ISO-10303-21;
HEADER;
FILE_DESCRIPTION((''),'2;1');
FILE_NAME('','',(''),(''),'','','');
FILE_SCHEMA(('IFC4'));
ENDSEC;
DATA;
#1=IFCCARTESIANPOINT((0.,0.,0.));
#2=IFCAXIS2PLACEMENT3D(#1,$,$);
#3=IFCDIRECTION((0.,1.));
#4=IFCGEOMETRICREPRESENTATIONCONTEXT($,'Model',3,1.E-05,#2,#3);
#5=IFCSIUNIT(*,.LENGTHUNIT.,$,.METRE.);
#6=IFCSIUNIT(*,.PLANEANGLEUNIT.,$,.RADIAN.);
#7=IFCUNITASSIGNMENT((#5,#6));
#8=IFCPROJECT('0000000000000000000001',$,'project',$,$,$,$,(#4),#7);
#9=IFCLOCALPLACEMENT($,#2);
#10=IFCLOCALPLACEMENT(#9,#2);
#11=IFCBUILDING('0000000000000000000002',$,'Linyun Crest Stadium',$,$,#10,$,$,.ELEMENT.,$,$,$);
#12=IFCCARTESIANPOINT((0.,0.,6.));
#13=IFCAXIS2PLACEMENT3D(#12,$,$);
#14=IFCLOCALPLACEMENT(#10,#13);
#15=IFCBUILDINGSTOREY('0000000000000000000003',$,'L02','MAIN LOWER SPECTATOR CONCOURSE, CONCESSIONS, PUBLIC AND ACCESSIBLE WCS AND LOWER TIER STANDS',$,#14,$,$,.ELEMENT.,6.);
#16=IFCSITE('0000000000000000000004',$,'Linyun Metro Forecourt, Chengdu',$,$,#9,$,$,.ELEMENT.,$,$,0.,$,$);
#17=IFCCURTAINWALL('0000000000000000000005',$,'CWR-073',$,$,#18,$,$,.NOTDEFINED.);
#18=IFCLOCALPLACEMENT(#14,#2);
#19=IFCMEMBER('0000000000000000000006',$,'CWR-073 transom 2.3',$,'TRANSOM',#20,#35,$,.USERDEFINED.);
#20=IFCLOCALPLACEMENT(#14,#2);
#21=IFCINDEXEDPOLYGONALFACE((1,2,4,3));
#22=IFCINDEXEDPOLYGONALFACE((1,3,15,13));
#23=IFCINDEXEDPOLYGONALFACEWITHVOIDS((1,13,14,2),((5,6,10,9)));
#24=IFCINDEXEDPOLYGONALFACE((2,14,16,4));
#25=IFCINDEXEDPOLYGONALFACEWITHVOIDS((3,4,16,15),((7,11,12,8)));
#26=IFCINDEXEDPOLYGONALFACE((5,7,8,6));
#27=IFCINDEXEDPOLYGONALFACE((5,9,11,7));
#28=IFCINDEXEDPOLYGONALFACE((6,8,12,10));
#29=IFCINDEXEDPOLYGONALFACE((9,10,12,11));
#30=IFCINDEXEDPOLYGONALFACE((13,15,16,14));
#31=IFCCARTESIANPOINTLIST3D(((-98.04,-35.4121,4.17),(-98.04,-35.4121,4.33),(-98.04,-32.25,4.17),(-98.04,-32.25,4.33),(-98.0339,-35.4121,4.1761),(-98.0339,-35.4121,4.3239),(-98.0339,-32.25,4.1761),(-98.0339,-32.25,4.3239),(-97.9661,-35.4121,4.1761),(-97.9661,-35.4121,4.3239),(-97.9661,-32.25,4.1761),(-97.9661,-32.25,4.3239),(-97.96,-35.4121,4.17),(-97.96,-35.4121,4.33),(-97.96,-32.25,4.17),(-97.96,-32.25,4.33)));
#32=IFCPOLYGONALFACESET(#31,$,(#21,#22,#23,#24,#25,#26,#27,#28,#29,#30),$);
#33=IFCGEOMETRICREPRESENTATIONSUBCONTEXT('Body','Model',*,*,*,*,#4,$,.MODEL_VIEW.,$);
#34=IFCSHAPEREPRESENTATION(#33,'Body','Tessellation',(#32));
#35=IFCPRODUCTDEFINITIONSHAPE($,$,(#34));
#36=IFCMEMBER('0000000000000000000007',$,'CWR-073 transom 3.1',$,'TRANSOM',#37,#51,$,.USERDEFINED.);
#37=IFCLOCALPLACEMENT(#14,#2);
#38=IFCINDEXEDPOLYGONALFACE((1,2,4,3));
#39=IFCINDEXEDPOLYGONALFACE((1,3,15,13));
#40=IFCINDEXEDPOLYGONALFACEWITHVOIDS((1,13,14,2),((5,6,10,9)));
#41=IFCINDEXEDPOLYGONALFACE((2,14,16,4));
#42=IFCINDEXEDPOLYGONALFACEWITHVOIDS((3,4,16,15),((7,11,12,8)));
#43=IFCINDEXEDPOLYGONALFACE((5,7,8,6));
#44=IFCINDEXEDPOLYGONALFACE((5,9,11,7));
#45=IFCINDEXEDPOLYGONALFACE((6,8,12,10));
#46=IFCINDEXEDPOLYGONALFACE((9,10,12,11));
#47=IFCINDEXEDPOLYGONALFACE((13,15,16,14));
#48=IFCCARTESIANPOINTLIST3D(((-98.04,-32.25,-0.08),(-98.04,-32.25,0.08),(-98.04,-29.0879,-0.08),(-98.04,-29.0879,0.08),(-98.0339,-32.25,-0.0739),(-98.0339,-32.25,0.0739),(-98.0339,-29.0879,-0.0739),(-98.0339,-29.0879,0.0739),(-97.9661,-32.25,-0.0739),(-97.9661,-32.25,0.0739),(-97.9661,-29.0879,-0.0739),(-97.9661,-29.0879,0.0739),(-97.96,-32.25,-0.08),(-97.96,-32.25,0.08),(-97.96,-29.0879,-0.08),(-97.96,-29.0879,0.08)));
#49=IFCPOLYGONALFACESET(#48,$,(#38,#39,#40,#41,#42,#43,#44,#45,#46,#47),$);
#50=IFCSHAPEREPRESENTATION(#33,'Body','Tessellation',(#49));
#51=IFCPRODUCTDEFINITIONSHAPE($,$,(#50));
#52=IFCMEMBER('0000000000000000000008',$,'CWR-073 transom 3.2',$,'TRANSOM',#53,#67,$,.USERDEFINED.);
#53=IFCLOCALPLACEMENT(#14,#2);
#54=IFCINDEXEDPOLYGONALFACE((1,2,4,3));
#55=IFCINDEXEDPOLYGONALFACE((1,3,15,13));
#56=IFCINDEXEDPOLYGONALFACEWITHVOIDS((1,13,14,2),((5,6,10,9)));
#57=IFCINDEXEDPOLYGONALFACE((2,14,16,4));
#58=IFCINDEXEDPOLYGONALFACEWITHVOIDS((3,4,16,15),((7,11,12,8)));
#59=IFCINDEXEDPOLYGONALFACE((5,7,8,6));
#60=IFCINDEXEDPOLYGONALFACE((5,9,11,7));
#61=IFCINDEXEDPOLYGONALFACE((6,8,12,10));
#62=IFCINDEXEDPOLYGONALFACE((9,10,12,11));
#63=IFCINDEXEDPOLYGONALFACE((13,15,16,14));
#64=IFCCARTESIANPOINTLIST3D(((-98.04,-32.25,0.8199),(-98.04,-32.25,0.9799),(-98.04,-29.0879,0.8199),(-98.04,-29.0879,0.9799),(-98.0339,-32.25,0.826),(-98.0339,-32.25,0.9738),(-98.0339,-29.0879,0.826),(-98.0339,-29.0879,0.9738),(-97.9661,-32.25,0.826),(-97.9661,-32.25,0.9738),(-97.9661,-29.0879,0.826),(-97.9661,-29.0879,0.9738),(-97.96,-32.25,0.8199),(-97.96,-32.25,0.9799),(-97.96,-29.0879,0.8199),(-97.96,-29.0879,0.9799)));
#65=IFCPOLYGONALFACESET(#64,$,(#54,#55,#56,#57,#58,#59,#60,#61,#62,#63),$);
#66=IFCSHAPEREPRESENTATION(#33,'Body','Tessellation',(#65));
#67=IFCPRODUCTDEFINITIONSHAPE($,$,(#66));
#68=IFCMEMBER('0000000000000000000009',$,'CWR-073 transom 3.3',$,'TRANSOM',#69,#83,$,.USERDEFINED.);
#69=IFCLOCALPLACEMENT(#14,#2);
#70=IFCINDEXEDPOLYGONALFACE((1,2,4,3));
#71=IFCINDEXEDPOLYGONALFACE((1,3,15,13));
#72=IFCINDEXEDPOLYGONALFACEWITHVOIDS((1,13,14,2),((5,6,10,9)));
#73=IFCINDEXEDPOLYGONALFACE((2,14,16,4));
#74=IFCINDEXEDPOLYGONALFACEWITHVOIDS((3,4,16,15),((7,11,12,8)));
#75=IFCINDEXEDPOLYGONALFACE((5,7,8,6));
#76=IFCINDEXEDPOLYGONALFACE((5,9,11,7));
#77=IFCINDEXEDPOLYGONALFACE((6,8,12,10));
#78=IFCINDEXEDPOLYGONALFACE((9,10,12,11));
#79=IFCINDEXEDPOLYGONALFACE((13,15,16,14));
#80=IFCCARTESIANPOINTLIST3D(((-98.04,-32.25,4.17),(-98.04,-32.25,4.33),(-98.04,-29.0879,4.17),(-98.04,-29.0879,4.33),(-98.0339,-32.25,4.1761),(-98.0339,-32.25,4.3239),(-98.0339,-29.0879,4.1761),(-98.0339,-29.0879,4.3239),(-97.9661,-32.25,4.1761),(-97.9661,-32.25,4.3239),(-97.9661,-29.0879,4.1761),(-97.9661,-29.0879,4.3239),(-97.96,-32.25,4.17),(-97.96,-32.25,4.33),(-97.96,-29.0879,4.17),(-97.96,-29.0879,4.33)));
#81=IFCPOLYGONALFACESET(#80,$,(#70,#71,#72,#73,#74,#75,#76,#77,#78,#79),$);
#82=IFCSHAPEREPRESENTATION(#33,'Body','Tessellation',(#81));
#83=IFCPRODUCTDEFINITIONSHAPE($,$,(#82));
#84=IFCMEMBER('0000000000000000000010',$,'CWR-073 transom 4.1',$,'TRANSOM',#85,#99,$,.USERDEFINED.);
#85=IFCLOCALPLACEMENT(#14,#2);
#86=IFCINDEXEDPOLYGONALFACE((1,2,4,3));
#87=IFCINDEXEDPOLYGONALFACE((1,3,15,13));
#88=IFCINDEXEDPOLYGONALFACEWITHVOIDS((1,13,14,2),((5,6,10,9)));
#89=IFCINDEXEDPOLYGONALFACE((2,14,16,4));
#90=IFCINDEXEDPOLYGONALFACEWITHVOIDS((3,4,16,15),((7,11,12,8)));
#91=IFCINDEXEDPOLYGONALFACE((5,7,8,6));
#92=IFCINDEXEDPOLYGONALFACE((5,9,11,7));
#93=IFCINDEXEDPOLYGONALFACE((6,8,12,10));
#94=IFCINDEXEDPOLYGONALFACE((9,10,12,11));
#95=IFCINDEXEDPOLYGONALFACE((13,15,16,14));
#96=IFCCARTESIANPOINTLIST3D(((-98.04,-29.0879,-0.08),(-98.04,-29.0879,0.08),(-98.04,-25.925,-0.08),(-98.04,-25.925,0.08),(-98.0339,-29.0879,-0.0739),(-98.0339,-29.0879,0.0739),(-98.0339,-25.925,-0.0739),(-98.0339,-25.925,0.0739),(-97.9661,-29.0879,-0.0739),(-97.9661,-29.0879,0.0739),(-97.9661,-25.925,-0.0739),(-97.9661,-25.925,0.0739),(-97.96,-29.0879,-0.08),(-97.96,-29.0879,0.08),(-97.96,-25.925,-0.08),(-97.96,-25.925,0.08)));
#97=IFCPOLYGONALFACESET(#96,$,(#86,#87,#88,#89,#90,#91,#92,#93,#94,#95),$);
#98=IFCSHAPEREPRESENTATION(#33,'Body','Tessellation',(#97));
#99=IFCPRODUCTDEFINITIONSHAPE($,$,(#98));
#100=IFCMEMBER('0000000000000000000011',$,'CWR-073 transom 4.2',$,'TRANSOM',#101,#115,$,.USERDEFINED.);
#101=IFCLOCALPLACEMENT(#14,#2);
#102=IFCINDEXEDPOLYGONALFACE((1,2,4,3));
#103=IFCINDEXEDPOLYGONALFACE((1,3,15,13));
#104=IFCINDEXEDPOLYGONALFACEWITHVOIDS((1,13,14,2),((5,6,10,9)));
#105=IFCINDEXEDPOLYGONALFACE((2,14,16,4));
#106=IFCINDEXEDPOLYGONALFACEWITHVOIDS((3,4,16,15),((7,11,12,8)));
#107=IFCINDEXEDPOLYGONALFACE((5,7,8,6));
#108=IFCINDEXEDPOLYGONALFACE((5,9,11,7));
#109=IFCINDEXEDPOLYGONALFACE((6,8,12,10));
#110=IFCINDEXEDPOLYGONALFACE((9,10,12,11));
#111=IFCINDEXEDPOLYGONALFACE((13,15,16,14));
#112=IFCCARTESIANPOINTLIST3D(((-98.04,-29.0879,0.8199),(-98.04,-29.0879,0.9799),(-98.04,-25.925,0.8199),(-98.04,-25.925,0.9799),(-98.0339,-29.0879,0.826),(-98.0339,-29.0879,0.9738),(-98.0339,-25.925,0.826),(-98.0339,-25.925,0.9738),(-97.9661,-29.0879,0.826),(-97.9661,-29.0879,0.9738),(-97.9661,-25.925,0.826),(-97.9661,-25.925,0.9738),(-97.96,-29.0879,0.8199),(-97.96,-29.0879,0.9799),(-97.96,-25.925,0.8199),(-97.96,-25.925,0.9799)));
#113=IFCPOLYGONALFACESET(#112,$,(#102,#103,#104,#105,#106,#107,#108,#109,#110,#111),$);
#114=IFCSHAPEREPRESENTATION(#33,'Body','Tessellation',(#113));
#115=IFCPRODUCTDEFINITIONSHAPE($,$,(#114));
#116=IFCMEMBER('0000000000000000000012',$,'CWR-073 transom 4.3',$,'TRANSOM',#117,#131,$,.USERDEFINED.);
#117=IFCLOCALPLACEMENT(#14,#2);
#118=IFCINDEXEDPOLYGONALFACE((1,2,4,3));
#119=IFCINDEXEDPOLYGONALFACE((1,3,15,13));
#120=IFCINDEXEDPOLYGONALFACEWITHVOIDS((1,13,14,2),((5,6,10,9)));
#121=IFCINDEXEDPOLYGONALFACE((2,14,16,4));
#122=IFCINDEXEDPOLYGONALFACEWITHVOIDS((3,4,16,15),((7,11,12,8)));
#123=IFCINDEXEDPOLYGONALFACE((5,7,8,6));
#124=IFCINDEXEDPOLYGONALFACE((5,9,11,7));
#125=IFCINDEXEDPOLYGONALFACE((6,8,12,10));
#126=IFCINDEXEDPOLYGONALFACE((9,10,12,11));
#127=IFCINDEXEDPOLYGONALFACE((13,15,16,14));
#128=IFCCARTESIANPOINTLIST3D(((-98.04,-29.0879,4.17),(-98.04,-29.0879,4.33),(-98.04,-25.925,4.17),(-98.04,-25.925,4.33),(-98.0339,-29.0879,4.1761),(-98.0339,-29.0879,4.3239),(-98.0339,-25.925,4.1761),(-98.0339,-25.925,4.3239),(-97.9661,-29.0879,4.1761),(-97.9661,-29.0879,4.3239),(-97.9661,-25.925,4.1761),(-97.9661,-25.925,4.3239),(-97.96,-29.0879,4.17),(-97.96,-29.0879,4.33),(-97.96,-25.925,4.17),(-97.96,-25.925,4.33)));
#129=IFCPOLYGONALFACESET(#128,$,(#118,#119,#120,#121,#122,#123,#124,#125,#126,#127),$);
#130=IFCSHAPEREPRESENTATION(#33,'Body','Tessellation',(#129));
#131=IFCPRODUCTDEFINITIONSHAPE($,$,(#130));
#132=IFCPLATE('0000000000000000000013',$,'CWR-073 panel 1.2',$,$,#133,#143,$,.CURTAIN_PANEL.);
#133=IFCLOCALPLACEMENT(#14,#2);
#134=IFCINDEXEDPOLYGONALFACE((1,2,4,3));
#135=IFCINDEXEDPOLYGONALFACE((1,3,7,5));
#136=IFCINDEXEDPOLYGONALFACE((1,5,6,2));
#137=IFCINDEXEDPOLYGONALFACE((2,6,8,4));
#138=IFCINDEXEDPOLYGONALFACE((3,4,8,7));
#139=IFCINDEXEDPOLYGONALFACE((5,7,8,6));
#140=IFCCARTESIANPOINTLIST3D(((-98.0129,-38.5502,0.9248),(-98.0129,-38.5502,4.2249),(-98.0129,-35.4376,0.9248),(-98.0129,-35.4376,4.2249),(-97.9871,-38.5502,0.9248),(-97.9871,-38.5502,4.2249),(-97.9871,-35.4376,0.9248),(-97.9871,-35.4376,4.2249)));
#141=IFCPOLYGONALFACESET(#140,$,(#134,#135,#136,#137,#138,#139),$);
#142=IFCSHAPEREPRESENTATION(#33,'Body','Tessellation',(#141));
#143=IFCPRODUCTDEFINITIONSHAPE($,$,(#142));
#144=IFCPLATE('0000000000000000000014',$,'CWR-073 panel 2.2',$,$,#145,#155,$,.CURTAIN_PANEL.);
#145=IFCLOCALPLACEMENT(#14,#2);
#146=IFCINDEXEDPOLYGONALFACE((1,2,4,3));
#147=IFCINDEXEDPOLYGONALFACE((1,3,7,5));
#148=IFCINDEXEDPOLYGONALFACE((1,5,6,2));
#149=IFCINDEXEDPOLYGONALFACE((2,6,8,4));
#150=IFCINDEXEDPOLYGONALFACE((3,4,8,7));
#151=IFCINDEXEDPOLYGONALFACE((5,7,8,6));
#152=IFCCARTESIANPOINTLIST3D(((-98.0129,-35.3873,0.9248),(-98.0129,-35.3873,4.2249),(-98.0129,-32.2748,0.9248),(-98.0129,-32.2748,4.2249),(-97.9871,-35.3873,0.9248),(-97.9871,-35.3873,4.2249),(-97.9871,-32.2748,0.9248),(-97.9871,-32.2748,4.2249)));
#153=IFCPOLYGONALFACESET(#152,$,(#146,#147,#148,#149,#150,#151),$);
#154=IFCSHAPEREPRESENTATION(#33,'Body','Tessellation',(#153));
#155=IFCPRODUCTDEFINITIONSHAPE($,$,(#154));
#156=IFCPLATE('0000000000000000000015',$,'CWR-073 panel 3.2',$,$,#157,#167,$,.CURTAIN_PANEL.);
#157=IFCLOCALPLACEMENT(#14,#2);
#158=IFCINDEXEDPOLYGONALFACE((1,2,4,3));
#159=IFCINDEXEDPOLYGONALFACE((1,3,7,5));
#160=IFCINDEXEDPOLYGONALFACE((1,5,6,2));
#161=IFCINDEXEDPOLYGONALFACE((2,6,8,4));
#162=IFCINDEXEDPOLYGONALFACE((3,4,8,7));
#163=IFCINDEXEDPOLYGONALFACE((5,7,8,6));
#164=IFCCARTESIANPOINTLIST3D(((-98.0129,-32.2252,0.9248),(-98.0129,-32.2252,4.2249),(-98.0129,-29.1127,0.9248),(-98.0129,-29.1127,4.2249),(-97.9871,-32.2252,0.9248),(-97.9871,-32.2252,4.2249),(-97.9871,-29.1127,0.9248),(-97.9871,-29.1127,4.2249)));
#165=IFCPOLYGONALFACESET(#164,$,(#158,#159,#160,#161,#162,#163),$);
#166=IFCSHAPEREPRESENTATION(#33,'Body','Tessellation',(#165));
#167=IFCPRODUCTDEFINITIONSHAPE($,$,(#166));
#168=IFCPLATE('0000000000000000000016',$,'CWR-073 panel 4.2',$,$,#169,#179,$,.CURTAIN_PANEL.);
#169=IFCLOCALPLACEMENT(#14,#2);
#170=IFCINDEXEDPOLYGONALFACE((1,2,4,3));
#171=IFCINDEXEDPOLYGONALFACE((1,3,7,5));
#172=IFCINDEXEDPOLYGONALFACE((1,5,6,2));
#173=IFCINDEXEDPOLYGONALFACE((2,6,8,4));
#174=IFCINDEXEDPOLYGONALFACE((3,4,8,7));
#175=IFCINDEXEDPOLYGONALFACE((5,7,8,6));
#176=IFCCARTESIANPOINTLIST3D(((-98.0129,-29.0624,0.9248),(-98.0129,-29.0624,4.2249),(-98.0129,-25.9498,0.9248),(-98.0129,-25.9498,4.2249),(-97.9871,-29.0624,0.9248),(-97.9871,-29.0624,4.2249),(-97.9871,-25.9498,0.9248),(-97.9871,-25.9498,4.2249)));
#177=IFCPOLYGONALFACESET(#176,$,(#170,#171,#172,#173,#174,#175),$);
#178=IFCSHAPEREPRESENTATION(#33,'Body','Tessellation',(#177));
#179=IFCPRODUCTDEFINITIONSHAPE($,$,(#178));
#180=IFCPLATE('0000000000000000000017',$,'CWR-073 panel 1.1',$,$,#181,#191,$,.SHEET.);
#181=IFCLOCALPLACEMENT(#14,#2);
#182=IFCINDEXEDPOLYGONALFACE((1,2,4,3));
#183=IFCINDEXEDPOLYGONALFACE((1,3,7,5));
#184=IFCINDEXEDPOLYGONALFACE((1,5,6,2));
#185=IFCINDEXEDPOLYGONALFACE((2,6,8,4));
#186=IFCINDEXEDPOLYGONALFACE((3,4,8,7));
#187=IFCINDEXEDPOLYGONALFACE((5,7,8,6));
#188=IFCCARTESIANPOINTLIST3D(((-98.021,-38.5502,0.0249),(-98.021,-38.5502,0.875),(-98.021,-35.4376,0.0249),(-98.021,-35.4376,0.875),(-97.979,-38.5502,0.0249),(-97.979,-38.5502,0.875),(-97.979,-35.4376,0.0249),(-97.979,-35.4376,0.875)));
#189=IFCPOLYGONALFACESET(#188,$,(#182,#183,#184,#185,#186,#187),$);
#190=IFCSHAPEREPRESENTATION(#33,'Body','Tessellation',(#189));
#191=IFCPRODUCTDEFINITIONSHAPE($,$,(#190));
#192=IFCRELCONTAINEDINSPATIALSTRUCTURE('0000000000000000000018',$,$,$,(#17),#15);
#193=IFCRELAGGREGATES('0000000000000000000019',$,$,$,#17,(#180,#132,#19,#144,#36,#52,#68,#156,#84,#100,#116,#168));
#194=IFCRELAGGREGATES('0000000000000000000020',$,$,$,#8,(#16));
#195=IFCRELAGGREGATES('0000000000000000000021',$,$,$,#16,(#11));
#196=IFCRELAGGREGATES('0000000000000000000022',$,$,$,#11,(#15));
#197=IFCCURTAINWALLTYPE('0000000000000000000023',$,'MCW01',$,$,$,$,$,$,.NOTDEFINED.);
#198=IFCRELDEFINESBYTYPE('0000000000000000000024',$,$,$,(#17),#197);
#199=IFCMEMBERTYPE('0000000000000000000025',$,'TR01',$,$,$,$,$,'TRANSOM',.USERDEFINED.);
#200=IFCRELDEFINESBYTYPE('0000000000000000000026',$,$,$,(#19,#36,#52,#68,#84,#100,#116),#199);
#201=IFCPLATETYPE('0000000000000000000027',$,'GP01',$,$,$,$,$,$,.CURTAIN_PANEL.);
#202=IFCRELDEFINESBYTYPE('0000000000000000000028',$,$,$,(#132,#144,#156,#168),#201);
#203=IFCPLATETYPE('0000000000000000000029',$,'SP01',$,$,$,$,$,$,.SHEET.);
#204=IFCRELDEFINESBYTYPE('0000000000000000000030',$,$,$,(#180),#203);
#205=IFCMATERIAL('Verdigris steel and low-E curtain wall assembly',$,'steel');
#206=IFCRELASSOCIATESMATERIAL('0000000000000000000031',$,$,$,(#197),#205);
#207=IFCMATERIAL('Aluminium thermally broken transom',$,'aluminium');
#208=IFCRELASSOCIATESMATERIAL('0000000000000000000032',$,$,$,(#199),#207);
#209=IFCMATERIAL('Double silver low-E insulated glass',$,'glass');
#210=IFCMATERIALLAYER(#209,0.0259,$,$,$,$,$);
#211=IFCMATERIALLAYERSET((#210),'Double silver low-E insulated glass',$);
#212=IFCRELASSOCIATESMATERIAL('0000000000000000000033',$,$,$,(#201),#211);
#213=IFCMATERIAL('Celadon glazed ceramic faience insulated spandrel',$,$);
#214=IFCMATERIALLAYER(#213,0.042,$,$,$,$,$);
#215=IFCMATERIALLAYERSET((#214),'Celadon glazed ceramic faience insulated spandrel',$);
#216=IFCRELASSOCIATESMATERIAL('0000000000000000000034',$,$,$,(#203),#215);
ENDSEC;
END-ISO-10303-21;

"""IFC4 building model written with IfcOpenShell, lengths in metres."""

from ifc_helpers import new_model, si_unit, direction, frame, origin, origin_2d, place, context, subcontext, project, spatial, rectangle, hollow_rectangle, extrude, material, layer, layer_set, material_profile, profile_set, type_object, element, aggregate, save


model = new_model("IFC4")

# Units and contexts
model_context = context("Model", 3, precision=1e-05, world=origin(), true_north=direction((0.0, 1.0)))
body_context = subcontext(model_context, "Body", "Model", "MODEL_VIEW")
ifc_project = project(units=[si_unit("LENGTHUNIT", "METRE"), si_unit("PLANEANGLEUNIT", "RADIAN")], contexts=[model_context])

# Site, building, storey
site_placement = place(None, origin())
site = spatial("IfcSite", under=ifc_project, at=site_placement, Name="Linyun Metro Forecourt, Chengdu", CompositionType="ELEMENT", RefElevation=0.0)
building_placement = place(site_placement, origin())
building = spatial("IfcBuilding", under=site, at=building_placement, Name="Linyun Crest Stadium", CompositionType="ELEMENT")
storey_placement = place(building_placement, frame((0.0, 0.0, 6.0)))
storey = spatial("IfcBuildingStorey", under=building, at=storey_placement, Name="L02", Description="MAIN LOWER SPECTATOR CONCOURSE, CONCESSIONS, PUBLIC AND ACCESSIBLE WCS AND LOWER TIER STANDS", CompositionType="ELEMENT", Elevation=6.0)

# Curtain wall
ifc_material_1 = material(Name="Verdigris steel and low-E curtain wall assembly", Category="steel")
curtain_wall_type = type_object("IfcCurtainWallType", Name="MCW01", PredefinedType="NOTDEFINED", material=ifc_material_1)
curtain_wall_placement = place(storey_placement, origin())
curtain_wall = element("IfcCurtainWall", 1, at=curtain_wall_placement, inside=storey, type_object=curtain_wall_type, Name="CWR-073", PredefinedType="NOTDEFINED")

# Members
ifc_material_2 = material(Name="Aluminium thermally broken transom", Category="aluminium")
ifc_material_profile_1 = material_profile(ifc_material_2, hollow_rectangle(XDim=0.0801, YDim=0.1599, WallThickness=0.0061, at=origin_2d()), Name="RHS 160x80x6")
ifc_profile_set_1 = profile_set([ifc_material_profile_1], Name="Aluminium thermally broken transom")
member_type_1 = type_object("IfcMemberType", Name="TR01", ElementType="TRANSOM", PredefinedType="USERDEFINED", material=ifc_profile_set_1)
member_1_placement = place(storey_placement, frame((-98.0, -35.4121, 4.25), z_axis=(0.0, 1.0, 0.0), x_axis=(-1.0, 0.0, 0.0)))
member_1 = element("IfcMember", 2, at=member_1_placement, type_object=member_type_1, Name="CWR-073 transom 2.3", ObjectType="TRANSOM", PredefinedType="USERDEFINED", context=body_context, shape_type="SweptSolid", body=[
    extrude(hollow_rectangle(XDim=0.0801, YDim=0.1599, WallThickness=0.0061, at=origin_2d()), origin(), (0.0, 0.0, 1.0), 3.1621),
])
member_2_placement = place(storey_placement, frame((-98.0, -32.25, 0.0), z_axis=(0.0, 1.0, 0.0), x_axis=(-1.0, 0.0, 0.0)))
member_2 = element("IfcMember", 3, at=member_2_placement, type_object=member_type_1, Name="CWR-073 transom 3.1", ObjectType="TRANSOM", PredefinedType="USERDEFINED", context=body_context, shape_type="SweptSolid", body=[
    extrude(hollow_rectangle(XDim=0.0801, YDim=0.1599, WallThickness=0.0061, at=origin_2d()), origin(), (0.0, 0.0, 1.0), 3.1621),
])
member_3_placement = place(storey_placement, frame((-98.0, -32.25, 0.8999), z_axis=(0.0, 1.0, 0.0), x_axis=(-1.0, 0.0, 0.0)))
member_3 = element("IfcMember", 4, at=member_3_placement, type_object=member_type_1, Name="CWR-073 transom 3.2", ObjectType="TRANSOM", PredefinedType="USERDEFINED", context=body_context, shape_type="SweptSolid", body=[
    extrude(hollow_rectangle(XDim=0.0801, YDim=0.1599, WallThickness=0.0061, at=origin_2d()), origin(), (0.0, 0.0, 1.0), 3.1621),
])
member_4_placement = place(storey_placement, frame((-98.0, -32.25, 4.25), z_axis=(0.0, 1.0, 0.0), x_axis=(-1.0, 0.0, 0.0)))
member_4 = element("IfcMember", 5, at=member_4_placement, type_object=member_type_1, Name="CWR-073 transom 3.3", ObjectType="TRANSOM", PredefinedType="USERDEFINED", context=body_context, shape_type="SweptSolid", body=[
    extrude(hollow_rectangle(XDim=0.0801, YDim=0.1599, WallThickness=0.0061, at=origin_2d()), origin(), (0.0, 0.0, 1.0), 3.1621),
])
member_5_placement = place(storey_placement, frame((-98.0, -29.0879, 0.0), z_axis=(0.0, 1.0, 0.0), x_axis=(-1.0, 0.0, 0.0)))
member_5 = element("IfcMember", 6, at=member_5_placement, type_object=member_type_1, Name="CWR-073 transom 4.1", ObjectType="TRANSOM", PredefinedType="USERDEFINED", context=body_context, shape_type="SweptSolid", body=[
    extrude(hollow_rectangle(XDim=0.0801, YDim=0.1599, WallThickness=0.0061, at=origin_2d()), origin(), (0.0, 0.0, 1.0), 3.1628),
])
member_6_placement = place(storey_placement, frame((-98.0, -29.0879, 0.8999), z_axis=(0.0, 1.0, 0.0), x_axis=(-1.0, 0.0, 0.0)))
member_6 = element("IfcMember", 7, at=member_6_placement, type_object=member_type_1, Name="CWR-073 transom 4.2", ObjectType="TRANSOM", PredefinedType="USERDEFINED", context=body_context, shape_type="SweptSolid", body=[
    extrude(hollow_rectangle(XDim=0.0801, YDim=0.1599, WallThickness=0.0061, at=origin_2d()), origin(), (0.0, 0.0, 1.0), 3.1628),
])
member_7_placement = place(storey_placement, frame((-98.0, -29.0879, 4.25), z_axis=(0.0, 1.0, 0.0), x_axis=(-1.0, 0.0, 0.0)))
member_7 = element("IfcMember", 8, at=member_7_placement, type_object=member_type_1, Name="CWR-073 transom 4.3", ObjectType="TRANSOM", PredefinedType="USERDEFINED", context=body_context, shape_type="SweptSolid", body=[
    extrude(hollow_rectangle(XDim=0.0801, YDim=0.1599, WallThickness=0.0061, at=origin_2d()), origin(), (0.0, 0.0, 1.0), 3.1628),
])

# Plates
ifc_material_3 = material(Name="Double silver low-E insulated glass", Category="glass")
ifc_layer_1 = layer(ifc_material_3, 0.0259)
ifc_layer_set_1 = layer_set([ifc_layer_1], Name="Double silver low-E insulated glass")
plate_type_1 = type_object("IfcPlateType", Name="GP01", PredefinedType="CURTAIN_PANEL", material=ifc_layer_set_1)
plate_1_placement = place(storey_placement, frame((-98.0, -36.9939, 0.9248), z_axis=(0.0, 0.0, 1.0), x_axis=(0.0, 1.0, 0.0)))
plate_1 = element("IfcPlate", 9, at=plate_1_placement, type_object=plate_type_1, Name="CWR-073 panel 1.2", PredefinedType="CURTAIN_PANEL", context=body_context, shape_type="SweptSolid", body=[
    extrude(rectangle(XDim=3.1125, YDim=0.0259, at=origin_2d()), origin(), (0.0, 0.0, 1.0), 3.3),
])
plate_2_placement = place(storey_placement, frame((-98.0, -33.8311, 0.9248), z_axis=(0.0, 0.0, 1.0), x_axis=(0.0, 1.0, 0.0)))
plate_2 = element("IfcPlate", 10, at=plate_2_placement, type_object=plate_type_1, Name="CWR-073 panel 2.2", PredefinedType="CURTAIN_PANEL", context=body_context, shape_type="SweptSolid", body=[
    extrude(rectangle(XDim=3.1125, YDim=0.0259, at=origin_2d()), origin(), (0.0, 0.0, 1.0), 3.3),
])
plate_3_placement = place(storey_placement, frame((-98.0, -30.6689, 0.9248), z_axis=(0.0, 0.0, 1.0), x_axis=(0.0, 1.0, 0.0)))
plate_3 = element("IfcPlate", 11, at=plate_3_placement, type_object=plate_type_1, Name="CWR-073 panel 3.2", PredefinedType="CURTAIN_PANEL", context=body_context, shape_type="SweptSolid", body=[
    extrude(rectangle(XDim=3.1125, YDim=0.0259, at=origin_2d()), origin(), (0.0, 0.0, 1.0), 3.3),
])
plate_4_placement = place(storey_placement, frame((-98.0, -27.5061, 0.9248), z_axis=(0.0, 0.0, 1.0), x_axis=(0.0, 1.0, 0.0)))
plate_4 = element("IfcPlate", 12, at=plate_4_placement, type_object=plate_type_1, Name="CWR-073 panel 4.2", PredefinedType="CURTAIN_PANEL", context=body_context, shape_type="SweptSolid", body=[
    extrude(rectangle(XDim=3.1125, YDim=0.0259, at=origin_2d()), origin(), (0.0, 0.0, 1.0), 3.3),
])
ifc_material_4 = material(Name="Celadon glazed ceramic faience insulated spandrel")
ifc_layer_2 = layer(ifc_material_4, 0.042)
ifc_layer_set_2 = layer_set([ifc_layer_2], Name="Celadon glazed ceramic faience insulated spandrel")
plate_type_2 = type_object("IfcPlateType", Name="SP01", PredefinedType="SHEET", material=ifc_layer_set_2)
plate_5_placement = place(storey_placement, frame((-98.0, -36.9939, 0.0249), z_axis=(0.0, 0.0, 1.0), x_axis=(0.0, 1.0, 0.0)))
plate_5 = element("IfcPlate", 13, at=plate_5_placement, type_object=plate_type_2, Name="CWR-073 panel 1.1", PredefinedType="SHEET", context=body_context, shape_type="SweptSolid", body=[
    extrude(rectangle(XDim=3.1125, YDim=0.042, at=origin_2d()), origin(), (0.0, 0.0, 1.0), 0.8501),
])
aggregate(curtain_wall, [plate_5, plate_1, member_1, plate_2, member_2, member_3, member_4, plate_3, member_5, member_6, member_7, plate_4])

save(model, "model.ifc")
